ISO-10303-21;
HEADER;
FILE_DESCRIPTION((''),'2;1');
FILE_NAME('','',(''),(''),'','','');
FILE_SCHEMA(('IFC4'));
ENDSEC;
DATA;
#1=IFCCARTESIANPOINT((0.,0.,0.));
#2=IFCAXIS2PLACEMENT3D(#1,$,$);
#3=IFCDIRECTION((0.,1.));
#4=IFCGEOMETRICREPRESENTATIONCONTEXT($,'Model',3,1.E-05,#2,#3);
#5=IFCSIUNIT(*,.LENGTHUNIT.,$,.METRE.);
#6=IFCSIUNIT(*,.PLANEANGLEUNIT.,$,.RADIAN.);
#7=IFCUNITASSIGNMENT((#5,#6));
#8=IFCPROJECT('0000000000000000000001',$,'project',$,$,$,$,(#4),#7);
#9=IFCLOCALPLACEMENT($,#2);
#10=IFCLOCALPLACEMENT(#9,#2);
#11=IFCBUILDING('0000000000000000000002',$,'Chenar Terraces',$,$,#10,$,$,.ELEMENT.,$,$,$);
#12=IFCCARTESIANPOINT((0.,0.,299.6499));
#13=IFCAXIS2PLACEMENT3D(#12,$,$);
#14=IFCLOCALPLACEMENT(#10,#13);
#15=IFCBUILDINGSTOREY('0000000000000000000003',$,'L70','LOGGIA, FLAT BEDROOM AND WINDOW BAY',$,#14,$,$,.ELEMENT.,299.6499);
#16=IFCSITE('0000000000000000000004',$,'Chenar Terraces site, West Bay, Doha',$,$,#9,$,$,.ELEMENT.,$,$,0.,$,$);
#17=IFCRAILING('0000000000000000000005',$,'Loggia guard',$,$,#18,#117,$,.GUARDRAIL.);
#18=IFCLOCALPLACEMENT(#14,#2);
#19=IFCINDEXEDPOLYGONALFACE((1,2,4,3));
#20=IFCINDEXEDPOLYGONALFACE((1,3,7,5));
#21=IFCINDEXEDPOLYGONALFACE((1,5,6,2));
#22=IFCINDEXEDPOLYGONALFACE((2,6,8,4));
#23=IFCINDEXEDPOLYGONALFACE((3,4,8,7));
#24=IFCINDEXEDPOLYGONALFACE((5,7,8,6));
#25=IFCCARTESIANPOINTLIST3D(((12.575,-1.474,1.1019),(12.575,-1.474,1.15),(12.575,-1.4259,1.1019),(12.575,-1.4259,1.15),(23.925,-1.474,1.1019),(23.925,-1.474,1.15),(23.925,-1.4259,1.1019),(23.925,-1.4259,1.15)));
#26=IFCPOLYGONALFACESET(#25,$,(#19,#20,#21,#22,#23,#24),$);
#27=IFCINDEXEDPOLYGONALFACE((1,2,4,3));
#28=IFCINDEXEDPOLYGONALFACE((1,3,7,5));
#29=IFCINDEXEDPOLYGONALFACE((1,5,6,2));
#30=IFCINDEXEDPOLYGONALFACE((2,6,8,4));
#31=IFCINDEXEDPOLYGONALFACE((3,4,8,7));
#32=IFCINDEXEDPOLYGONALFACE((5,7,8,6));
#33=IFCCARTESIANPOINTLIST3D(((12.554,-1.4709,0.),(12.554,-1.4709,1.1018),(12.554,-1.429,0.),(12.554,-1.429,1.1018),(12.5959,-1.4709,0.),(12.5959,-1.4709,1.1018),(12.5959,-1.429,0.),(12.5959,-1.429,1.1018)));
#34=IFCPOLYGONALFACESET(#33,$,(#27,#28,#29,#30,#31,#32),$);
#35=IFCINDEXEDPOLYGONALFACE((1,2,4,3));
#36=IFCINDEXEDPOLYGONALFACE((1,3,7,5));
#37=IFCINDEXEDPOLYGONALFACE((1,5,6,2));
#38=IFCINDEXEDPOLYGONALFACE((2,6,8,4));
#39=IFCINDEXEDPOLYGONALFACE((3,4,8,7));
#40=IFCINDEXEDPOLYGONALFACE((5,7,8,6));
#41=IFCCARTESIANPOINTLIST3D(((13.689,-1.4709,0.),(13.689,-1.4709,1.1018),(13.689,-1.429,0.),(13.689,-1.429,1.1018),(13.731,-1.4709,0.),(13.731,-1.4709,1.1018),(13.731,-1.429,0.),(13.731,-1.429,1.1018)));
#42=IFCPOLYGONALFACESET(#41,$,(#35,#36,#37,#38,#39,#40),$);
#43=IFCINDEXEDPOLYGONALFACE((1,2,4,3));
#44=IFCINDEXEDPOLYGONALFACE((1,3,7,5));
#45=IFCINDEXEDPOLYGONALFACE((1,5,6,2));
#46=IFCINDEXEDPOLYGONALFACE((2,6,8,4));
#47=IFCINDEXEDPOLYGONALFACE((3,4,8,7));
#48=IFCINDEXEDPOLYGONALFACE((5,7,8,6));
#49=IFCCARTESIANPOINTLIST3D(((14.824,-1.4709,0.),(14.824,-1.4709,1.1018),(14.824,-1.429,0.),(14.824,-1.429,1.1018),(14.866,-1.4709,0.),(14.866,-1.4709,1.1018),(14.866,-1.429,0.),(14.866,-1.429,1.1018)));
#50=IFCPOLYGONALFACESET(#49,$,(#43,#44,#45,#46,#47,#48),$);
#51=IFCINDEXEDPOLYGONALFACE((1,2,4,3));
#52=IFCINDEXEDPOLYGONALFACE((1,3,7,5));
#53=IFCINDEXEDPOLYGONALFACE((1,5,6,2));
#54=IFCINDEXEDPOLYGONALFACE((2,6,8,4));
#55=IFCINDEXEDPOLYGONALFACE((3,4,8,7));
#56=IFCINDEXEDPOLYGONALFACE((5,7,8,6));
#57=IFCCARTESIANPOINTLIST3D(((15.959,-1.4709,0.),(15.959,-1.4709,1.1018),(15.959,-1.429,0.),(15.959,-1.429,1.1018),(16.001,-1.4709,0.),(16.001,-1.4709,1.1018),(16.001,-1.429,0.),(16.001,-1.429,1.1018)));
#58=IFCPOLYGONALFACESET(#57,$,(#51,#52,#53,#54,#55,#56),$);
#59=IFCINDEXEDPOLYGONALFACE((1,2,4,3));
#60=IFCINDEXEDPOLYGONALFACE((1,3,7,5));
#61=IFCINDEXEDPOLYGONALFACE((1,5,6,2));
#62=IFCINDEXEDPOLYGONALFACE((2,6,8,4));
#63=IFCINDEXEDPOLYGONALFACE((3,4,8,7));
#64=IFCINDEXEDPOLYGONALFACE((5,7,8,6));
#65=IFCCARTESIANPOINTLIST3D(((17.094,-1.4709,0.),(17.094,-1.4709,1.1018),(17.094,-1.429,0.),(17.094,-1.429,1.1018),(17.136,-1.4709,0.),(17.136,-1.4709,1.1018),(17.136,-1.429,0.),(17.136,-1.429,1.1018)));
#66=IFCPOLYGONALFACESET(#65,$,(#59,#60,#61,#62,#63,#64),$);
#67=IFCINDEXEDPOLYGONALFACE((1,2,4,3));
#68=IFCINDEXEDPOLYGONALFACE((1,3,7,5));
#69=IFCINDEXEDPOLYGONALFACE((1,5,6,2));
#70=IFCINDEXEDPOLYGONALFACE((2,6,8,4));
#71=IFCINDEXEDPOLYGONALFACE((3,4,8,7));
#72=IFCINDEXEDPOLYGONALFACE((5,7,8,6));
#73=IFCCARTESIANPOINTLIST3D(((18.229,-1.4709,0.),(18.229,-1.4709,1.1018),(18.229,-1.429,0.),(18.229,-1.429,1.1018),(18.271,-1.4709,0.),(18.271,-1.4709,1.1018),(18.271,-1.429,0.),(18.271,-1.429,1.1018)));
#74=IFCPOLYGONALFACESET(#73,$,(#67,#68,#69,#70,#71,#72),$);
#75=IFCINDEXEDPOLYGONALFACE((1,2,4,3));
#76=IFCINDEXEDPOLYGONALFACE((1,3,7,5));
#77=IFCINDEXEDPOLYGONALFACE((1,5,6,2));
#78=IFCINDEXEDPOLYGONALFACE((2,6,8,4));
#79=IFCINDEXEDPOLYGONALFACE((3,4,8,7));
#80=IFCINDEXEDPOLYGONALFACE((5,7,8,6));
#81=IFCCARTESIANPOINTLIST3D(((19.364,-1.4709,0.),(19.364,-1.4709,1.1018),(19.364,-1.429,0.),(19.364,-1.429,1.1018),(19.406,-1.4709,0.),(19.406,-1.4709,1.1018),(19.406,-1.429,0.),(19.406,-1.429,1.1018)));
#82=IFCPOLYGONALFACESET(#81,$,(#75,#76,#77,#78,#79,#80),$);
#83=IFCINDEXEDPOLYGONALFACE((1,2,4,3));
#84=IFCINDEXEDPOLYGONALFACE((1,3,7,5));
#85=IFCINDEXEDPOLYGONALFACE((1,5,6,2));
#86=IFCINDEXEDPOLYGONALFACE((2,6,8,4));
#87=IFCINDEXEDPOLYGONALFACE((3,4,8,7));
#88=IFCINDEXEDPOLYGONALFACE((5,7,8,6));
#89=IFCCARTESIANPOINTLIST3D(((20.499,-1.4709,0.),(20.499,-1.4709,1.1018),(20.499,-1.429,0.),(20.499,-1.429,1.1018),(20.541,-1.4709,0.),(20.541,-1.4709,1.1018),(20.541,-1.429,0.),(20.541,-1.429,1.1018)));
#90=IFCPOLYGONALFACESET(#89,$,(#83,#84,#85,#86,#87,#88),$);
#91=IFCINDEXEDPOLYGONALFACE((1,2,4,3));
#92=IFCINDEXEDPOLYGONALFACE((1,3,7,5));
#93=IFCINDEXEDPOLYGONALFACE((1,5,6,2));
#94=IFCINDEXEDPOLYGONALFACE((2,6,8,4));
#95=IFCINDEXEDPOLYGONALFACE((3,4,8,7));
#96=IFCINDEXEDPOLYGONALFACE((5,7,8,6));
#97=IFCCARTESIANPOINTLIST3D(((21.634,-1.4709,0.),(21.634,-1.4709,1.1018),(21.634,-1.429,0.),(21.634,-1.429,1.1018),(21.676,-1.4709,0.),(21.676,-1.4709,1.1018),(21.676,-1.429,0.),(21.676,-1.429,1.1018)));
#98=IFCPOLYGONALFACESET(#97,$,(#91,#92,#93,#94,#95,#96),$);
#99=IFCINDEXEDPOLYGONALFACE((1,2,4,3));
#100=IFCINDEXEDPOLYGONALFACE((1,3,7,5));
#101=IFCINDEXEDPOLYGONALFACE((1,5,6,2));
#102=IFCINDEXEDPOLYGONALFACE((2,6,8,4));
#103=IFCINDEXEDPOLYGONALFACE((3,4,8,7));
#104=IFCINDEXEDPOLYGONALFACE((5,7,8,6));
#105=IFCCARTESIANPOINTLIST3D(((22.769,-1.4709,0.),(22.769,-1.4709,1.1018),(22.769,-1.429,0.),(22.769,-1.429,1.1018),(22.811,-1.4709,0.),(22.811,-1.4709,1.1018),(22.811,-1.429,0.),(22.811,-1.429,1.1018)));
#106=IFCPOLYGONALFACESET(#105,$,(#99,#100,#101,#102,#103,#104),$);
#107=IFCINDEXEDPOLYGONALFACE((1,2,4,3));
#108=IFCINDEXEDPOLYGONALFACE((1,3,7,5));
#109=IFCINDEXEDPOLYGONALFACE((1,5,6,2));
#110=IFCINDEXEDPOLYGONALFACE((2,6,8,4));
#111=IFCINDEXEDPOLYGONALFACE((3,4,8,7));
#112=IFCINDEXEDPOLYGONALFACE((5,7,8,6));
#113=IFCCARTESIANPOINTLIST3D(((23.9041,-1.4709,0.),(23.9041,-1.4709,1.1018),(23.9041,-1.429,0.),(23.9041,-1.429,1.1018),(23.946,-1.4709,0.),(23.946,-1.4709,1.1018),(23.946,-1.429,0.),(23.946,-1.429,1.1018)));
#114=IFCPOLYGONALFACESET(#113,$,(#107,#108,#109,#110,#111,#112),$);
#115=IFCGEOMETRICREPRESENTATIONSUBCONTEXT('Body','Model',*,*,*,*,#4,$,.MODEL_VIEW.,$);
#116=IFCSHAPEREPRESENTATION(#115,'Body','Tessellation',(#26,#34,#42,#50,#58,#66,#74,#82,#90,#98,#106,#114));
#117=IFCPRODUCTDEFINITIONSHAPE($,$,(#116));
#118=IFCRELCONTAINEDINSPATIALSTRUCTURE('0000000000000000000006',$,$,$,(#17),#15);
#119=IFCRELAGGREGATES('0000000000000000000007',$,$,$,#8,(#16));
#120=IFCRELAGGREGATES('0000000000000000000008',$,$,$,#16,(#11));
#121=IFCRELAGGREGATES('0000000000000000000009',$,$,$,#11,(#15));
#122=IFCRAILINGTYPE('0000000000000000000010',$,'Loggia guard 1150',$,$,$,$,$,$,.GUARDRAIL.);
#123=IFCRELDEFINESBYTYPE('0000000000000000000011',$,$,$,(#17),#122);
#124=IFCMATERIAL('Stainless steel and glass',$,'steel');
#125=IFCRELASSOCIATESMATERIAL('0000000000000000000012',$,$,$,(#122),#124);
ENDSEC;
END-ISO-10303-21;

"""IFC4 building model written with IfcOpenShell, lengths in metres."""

from ifc_helpers import new_model, si_unit, direction, frame, origin, origin_2d, place, context, subcontext, project, spatial, rectangle, extrude, material, type_object, element, save


model = new_model("IFC4")

# Units and contexts
model_context = context("Model", 3, precision=1e-05, world=origin(), true_north=direction((0.0, 1.0)))
body_context = subcontext(model_context, "Body", "Model", "MODEL_VIEW")
ifc_project = project(units=[si_unit("LENGTHUNIT", "METRE"), si_unit("PLANEANGLEUNIT", "RADIAN")], contexts=[model_context])

# Site, building, storey
site_placement = place(None, origin())
site = spatial("IfcSite", under=ifc_project, at=site_placement, Name="Chenar Terraces site, West Bay, Doha", CompositionType="ELEMENT", RefElevation=0.0)
building_placement = place(site_placement, origin())
building = spatial("IfcBuilding", under=site, at=building_placement, Name="Chenar Terraces", CompositionType="ELEMENT")
storey_placement = place(building_placement, frame((0.0, 0.0, 299.6499)))
storey = spatial("IfcBuildingStorey", under=building, at=storey_placement, Name="L70", Description="LOGGIA, FLAT BEDROOM AND WINDOW BAY", CompositionType="ELEMENT", Elevation=299.6499)

# Railing
ifc_material_1 = material(Name="Stainless steel and glass", Category="steel")
railing_type = type_object("IfcRailingType", Name="Loggia guard 1150", PredefinedType="GUARDRAIL", material=ifc_material_1)
railing_placement = place(storey_placement, frame((12.575, -1.45, 0.0)))
element("IfcRailing", 1, at=railing_placement, inside=storey, type_object=railing_type, Name="Loggia guard", PredefinedType="GUARDRAIL", context=body_context, shape_type="SweptSolid", body=[
    extrude(rectangle(XDim=0.0481, YDim=0.0481, at=origin_2d()), frame((0.0, 0.0, 1.126), z_axis=(1.0, 0.0, 0.0), x_axis=(0.0, 1.0, 0.0)), (0.0, 0.0, 1.0), 11.3501),
    extrude(rectangle(XDim=0.042, YDim=0.042, at=origin_2d()), origin(), (0.0, 0.0, 1.0), 1.1018),
    extrude(rectangle(XDim=0.042, YDim=0.042, at=origin_2d()), frame((1.135, 0.0, 0.0)), (0.0, 0.0, 1.0), 1.1018),
    extrude(rectangle(XDim=0.042, YDim=0.042, at=origin_2d()), frame((2.27, 0.0, 0.0)), (0.0, 0.0, 1.0), 1.1018),
    extrude(rectangle(XDim=0.042, YDim=0.042, at=origin_2d()), frame((3.405, 0.0, 0.0)), (0.0, 0.0, 1.0), 1.1018),
    extrude(rectangle(XDim=0.042, YDim=0.042, at=origin_2d()), frame((4.54, 0.0, 0.0)), (0.0, 0.0, 1.0), 1.1018),
    extrude(rectangle(XDim=0.042, YDim=0.042, at=origin_2d()), frame((5.675, 0.0, 0.0)), (0.0, 0.0, 1.0), 1.1018),
    extrude(rectangle(XDim=0.042, YDim=0.042, at=origin_2d()), frame((6.8101, 0.0, 0.0)), (0.0, 0.0, 1.0), 1.1018),
    extrude(rectangle(XDim=0.042, YDim=0.042, at=origin_2d()), frame((7.9451, 0.0, 0.0)), (0.0, 0.0, 1.0), 1.1018),
    extrude(rectangle(XDim=0.042, YDim=0.042, at=origin_2d()), frame((9.0801, 0.0, 0.0)), (0.0, 0.0, 1.0), 1.1018),
    extrude(rectangle(XDim=0.042, YDim=0.042, at=origin_2d()), frame((10.2151, 0.0, 0.0)), (0.0, 0.0, 1.0), 1.1018),
    extrude(rectangle(XDim=0.042, YDim=0.042, at=origin_2d()), frame((11.3501, 0.0, 0.0)), (0.0, 0.0, 1.0), 1.1018),
])

save(model, "model.ifc")
